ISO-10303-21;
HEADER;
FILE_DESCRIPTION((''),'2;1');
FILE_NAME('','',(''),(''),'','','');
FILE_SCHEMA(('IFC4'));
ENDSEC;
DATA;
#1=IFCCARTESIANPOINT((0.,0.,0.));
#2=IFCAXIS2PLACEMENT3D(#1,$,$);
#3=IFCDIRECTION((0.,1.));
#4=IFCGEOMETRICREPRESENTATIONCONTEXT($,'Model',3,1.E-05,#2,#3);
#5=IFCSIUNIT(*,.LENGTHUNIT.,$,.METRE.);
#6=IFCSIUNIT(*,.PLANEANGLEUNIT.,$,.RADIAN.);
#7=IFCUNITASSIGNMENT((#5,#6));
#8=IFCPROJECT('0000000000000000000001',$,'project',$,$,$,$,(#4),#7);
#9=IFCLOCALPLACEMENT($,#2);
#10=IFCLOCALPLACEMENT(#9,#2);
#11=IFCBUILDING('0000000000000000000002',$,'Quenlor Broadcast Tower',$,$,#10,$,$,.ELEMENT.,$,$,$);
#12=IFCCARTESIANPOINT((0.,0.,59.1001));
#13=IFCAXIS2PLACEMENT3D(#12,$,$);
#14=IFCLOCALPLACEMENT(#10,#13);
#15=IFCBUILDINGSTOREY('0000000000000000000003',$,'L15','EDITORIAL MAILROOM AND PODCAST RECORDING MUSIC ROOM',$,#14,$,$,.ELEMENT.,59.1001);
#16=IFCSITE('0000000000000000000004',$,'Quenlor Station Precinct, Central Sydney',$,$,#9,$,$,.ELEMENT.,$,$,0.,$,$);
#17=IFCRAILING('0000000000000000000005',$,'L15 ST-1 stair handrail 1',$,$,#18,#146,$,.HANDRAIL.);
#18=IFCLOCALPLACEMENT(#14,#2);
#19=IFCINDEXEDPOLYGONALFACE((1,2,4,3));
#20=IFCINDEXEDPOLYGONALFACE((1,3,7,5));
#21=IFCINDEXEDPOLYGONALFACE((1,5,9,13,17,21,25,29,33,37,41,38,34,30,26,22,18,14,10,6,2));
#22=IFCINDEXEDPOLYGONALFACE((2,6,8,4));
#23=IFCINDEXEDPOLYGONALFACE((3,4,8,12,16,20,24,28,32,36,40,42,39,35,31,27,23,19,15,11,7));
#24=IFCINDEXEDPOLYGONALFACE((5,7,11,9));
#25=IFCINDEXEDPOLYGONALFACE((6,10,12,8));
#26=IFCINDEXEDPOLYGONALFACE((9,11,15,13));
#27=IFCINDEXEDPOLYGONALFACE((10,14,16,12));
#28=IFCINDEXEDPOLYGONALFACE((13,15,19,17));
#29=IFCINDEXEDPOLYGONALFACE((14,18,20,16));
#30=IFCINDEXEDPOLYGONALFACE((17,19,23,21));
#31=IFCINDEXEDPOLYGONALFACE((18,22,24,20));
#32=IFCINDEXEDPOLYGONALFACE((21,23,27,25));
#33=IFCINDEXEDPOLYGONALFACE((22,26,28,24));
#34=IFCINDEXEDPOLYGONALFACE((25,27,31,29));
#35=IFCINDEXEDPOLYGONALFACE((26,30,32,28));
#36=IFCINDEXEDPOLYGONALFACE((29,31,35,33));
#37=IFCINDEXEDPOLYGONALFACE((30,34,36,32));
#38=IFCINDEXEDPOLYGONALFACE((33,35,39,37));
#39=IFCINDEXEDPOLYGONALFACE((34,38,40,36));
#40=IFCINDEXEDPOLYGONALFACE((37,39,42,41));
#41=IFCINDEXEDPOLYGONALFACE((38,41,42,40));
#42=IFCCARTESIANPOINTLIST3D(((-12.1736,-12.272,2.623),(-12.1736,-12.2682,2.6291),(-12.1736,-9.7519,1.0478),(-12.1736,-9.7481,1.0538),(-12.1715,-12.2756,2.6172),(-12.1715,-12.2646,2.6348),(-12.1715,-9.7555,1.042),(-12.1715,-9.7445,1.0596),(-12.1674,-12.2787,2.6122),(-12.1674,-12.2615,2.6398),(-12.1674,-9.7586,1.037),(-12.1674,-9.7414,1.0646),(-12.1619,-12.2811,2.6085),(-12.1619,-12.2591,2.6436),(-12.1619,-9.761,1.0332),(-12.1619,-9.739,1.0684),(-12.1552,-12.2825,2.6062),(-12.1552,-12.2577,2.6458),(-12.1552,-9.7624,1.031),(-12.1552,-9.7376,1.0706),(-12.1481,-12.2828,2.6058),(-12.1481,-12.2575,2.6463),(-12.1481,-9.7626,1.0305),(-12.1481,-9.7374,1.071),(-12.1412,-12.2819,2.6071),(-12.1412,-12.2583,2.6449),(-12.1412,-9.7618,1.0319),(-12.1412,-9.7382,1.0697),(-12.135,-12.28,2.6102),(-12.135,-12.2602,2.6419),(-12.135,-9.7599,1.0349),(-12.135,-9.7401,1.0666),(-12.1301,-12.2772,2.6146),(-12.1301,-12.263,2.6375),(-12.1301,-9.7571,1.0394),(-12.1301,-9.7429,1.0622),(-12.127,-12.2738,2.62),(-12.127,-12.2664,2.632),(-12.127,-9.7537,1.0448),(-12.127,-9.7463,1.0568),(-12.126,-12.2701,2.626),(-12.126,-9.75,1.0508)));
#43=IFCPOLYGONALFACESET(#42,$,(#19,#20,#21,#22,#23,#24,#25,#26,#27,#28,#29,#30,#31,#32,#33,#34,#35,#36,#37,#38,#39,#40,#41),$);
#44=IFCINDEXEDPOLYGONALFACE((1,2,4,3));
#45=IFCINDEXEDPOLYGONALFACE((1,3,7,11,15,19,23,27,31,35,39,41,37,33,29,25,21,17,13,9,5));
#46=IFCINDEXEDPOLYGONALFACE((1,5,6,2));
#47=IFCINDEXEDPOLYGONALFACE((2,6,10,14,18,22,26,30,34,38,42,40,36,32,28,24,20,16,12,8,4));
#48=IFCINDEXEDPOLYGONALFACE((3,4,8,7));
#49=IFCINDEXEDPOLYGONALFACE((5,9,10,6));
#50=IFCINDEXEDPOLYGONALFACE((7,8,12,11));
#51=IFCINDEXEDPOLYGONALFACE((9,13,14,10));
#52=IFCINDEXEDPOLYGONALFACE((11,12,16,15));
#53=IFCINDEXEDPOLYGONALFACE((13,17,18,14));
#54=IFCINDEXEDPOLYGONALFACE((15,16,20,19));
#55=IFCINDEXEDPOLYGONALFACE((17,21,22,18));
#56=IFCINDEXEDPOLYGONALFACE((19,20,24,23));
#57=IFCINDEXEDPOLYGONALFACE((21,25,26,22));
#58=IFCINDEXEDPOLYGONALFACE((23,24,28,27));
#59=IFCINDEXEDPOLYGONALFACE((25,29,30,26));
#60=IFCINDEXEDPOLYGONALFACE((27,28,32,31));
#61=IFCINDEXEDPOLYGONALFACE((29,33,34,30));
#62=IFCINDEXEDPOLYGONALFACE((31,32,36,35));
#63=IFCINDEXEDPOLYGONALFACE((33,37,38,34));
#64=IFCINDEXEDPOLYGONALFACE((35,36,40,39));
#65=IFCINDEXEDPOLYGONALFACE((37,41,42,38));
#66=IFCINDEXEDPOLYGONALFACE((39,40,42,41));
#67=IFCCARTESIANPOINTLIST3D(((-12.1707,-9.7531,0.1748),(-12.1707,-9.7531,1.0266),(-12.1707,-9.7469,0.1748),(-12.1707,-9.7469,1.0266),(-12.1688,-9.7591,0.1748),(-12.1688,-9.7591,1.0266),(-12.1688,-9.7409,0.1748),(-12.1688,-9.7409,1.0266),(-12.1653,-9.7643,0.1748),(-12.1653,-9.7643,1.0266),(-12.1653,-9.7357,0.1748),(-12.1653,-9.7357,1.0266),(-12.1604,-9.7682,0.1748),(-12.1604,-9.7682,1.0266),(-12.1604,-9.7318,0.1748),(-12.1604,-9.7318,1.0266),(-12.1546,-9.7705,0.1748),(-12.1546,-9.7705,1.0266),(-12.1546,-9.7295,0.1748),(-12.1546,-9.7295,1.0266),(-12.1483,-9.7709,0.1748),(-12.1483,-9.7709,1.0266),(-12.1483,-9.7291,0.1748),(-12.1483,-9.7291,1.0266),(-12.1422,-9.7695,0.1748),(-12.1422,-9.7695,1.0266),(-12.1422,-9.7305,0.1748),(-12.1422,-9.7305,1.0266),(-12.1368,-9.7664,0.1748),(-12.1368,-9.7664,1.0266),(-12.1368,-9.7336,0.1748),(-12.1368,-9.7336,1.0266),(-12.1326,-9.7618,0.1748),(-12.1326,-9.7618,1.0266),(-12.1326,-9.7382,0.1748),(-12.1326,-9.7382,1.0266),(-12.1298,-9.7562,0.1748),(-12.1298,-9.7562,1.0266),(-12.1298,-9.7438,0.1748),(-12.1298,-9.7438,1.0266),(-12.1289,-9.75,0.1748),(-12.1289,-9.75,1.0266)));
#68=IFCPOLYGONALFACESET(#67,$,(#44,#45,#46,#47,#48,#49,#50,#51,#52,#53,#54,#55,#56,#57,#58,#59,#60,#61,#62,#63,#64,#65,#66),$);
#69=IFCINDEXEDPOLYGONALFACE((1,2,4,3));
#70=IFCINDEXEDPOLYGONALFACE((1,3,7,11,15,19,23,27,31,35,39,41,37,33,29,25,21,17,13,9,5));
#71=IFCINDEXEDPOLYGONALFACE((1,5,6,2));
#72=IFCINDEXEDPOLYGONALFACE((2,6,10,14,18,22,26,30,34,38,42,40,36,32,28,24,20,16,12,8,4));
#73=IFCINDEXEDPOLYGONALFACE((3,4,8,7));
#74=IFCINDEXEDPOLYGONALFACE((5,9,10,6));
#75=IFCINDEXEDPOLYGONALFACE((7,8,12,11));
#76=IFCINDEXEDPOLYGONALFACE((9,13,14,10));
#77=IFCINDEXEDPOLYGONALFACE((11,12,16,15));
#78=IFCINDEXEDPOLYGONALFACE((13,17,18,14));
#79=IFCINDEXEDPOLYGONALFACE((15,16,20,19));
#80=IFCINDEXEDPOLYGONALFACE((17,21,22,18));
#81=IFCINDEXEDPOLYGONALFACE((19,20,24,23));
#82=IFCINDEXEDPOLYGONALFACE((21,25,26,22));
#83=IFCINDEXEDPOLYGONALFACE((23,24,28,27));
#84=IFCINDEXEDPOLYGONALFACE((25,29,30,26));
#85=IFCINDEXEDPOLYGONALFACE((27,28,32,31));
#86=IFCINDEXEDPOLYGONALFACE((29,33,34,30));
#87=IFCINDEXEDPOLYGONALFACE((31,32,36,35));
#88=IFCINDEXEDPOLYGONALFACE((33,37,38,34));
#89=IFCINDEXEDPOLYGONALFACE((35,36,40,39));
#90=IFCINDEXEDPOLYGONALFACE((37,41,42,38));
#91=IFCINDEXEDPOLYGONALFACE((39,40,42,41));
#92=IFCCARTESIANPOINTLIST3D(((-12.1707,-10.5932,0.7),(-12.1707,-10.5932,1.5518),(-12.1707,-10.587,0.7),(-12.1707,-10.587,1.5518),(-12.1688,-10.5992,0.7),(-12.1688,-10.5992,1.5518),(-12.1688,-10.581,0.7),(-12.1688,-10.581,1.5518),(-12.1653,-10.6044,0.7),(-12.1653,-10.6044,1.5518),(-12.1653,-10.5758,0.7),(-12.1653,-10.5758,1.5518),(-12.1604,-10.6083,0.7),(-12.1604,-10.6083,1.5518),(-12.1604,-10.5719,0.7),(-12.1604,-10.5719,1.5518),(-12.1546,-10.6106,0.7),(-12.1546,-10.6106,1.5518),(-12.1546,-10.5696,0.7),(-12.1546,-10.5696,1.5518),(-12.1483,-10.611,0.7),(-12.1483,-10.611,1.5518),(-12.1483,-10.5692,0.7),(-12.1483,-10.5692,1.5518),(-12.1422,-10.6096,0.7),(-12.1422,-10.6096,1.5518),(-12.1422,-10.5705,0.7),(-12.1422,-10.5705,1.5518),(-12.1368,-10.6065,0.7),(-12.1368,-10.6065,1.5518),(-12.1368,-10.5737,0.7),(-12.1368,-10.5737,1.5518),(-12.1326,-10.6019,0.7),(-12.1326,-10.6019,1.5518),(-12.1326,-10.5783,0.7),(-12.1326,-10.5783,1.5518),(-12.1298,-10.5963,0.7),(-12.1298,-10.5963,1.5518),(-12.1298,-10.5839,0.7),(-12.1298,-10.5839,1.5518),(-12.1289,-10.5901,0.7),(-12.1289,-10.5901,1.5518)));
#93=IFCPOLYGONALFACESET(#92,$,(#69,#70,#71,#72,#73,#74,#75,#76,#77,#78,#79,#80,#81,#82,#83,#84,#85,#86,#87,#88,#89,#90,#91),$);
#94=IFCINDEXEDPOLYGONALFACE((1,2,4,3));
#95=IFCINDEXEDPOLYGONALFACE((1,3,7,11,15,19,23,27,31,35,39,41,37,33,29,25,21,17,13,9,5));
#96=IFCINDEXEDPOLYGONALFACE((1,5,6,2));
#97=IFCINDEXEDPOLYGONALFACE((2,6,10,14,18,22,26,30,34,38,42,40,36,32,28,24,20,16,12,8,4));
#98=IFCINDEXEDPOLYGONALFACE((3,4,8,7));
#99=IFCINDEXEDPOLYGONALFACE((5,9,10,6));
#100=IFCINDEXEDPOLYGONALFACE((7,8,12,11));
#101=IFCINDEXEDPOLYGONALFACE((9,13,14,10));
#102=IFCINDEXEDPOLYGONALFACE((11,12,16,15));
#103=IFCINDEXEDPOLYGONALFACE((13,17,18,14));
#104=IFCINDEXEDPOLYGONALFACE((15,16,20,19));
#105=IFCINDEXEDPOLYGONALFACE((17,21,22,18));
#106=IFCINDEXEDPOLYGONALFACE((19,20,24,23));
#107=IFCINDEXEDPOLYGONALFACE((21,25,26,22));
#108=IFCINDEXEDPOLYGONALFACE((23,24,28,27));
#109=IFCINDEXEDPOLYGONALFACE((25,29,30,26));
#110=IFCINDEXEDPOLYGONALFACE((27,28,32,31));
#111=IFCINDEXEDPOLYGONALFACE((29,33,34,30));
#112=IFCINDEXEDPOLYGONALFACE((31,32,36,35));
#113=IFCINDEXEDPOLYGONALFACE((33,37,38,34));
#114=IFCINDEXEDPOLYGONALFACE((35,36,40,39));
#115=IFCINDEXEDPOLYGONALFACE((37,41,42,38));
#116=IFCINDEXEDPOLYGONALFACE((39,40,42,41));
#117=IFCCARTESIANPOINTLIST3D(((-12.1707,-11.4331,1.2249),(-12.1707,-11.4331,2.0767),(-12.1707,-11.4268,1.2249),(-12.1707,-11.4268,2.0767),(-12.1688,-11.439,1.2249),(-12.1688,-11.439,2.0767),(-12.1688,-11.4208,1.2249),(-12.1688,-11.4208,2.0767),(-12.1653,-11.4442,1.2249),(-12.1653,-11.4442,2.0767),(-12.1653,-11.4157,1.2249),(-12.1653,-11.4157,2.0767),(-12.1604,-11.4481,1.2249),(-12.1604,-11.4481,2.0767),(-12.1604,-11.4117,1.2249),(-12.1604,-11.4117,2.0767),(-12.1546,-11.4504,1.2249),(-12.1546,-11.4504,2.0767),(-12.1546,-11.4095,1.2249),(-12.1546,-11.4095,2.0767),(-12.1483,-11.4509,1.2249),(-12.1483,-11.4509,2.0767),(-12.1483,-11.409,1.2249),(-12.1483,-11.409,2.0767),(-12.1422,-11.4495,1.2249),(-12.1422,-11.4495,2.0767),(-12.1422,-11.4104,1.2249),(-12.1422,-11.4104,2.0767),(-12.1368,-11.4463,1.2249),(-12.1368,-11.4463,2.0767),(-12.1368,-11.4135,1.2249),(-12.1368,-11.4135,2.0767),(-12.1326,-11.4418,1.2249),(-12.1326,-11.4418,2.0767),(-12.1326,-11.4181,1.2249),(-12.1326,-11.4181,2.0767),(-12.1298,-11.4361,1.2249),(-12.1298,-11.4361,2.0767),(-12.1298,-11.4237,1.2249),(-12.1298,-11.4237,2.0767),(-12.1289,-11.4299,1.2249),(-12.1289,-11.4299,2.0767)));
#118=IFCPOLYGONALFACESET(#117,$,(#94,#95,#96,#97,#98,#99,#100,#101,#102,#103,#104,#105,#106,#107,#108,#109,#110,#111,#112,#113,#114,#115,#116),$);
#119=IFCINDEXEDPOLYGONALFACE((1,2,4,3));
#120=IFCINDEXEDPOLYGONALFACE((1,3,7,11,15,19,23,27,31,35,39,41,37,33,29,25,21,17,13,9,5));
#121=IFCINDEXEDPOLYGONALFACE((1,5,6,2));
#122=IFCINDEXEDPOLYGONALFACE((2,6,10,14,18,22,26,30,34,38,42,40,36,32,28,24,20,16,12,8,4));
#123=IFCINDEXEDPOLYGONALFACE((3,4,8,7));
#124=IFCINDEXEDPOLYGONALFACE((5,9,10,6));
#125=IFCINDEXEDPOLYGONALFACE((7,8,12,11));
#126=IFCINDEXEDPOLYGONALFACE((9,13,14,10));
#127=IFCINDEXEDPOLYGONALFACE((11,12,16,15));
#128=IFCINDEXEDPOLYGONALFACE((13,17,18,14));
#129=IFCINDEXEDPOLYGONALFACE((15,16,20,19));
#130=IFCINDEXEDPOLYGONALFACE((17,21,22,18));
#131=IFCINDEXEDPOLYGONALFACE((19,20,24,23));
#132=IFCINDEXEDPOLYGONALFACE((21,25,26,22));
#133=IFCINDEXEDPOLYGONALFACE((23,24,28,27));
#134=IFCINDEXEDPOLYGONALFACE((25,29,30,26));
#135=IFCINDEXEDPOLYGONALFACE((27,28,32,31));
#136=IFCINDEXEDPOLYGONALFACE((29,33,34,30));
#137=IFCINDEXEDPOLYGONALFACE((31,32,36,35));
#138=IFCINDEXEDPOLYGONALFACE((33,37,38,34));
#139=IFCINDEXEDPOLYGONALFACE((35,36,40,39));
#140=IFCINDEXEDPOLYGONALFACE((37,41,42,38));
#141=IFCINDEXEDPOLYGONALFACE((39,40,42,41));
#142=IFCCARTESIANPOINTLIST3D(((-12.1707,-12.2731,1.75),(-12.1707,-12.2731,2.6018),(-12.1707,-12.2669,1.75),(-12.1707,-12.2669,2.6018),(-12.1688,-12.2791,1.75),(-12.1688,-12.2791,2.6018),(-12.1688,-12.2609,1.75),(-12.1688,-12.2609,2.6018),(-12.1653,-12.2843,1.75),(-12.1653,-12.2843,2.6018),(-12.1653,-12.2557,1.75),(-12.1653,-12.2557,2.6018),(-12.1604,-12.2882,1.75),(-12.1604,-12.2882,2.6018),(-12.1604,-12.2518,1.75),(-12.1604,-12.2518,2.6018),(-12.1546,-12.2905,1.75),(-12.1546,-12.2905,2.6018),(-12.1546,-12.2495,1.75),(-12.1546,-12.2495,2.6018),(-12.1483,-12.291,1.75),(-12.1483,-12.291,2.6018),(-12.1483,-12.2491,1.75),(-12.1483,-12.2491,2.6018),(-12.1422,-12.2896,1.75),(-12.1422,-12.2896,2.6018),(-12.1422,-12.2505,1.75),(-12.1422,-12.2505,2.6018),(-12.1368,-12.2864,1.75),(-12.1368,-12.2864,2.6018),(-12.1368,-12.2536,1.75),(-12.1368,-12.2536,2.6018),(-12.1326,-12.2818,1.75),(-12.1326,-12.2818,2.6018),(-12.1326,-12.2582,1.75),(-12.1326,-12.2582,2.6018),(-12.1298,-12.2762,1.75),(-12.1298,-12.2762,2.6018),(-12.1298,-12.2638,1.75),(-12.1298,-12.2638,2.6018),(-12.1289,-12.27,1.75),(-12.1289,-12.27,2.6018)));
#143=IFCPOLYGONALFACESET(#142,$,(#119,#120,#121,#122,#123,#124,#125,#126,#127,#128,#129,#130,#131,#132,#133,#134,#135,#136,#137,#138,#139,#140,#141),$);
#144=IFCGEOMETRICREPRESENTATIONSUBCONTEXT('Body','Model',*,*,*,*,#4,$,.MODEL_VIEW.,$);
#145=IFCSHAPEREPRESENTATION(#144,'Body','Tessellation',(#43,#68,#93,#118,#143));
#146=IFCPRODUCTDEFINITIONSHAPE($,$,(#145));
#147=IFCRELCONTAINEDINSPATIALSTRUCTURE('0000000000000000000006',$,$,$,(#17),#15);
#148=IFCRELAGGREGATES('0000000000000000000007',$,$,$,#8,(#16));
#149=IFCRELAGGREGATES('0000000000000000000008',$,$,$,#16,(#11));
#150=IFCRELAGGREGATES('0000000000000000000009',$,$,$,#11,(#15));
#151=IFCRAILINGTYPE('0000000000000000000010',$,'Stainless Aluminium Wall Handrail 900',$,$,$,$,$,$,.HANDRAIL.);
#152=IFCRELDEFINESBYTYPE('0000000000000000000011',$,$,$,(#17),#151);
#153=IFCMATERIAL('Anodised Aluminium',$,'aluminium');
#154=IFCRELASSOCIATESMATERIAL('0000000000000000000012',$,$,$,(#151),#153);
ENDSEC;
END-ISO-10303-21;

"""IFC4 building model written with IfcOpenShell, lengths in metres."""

from ifc_helpers import new_model, si_unit, direction, frame, origin, origin_2d, place, context, subcontext, project, spatial, circle, extrude, material, type_object, element, save


model = new_model("IFC4")

# Units and contexts
model_context = context("Model", 3, precision=1e-05, world=origin(), true_north=direction((0.0, 1.0)))
body_context = subcontext(model_context, "Body", "Model", "MODEL_VIEW")
ifc_project = project(units=[si_unit("LENGTHUNIT", "METRE"), si_unit("PLANEANGLEUNIT", "RADIAN")], contexts=[model_context])

# Site, building, storey
site_placement = place(None, origin())
site = spatial("IfcSite", under=ifc_project, at=site_placement, Name="Quenlor Station Precinct, Central Sydney", CompositionType="ELEMENT", RefElevation=0.0)
building_placement = place(site_placement, origin())
building = spatial("IfcBuilding", under=site, at=building_placement, Name="Quenlor Broadcast Tower", CompositionType="ELEMENT")
storey_placement = place(building_placement, frame((0.0, 0.0, 59.1001)))
storey = spatial("IfcBuildingStorey", under=building, at=storey_placement, Name="L15", Description="EDITORIAL MAILROOM AND PODCAST RECORDING MUSIC ROOM", CompositionType="ELEMENT", Elevation=59.1001)

# Railing
ifc_material_1 = material(Name="Anodised Aluminium", Category="aluminium")
railing_type = type_object("IfcRailingType", Name="Stainless Aluminium Wall Handrail 900", PredefinedType="HANDRAIL", material=ifc_material_1)
railing_placement = place(storey_placement, frame((-12.1499, -9.75, 0.1748)))
element("IfcRailing", 1, at=railing_placement, inside=storey, type_object=railing_type, Name="L15 ST-1 stair handrail 1", PredefinedType="HANDRAIL", context=body_context, shape_type="SweptSolid", body=[
    extrude(circle(Radius=0.0239, at=origin_2d()), frame((0.0, 0.0, 0.876), z_axis=(0.0, -0.847971, 0.530043), x_axis=(1.0, 0.0, 0.0)), (0.0, 0.0, 1.0), 2.9719),
    extrude(circle(Radius=0.021, at=origin_2d()), origin(), (0.0, 0.0, 1.0), 0.8518),
    extrude(circle(Radius=0.021, at=origin_2d()), frame((0.0, -0.8401, 0.5251)), (0.0, 0.0, 1.0), 0.8518),
    extrude(circle(Radius=0.021, at=origin_2d()), frame((0.0, -1.6799, 1.05)), (0.0, 0.0, 1.0), 0.8518),
    extrude(circle(Radius=0.021, at=origin_2d()), frame((0.0, -2.52, 1.5752)), (0.0, 0.0, 1.0), 0.8518),
])

save(model, "model.ifc")
